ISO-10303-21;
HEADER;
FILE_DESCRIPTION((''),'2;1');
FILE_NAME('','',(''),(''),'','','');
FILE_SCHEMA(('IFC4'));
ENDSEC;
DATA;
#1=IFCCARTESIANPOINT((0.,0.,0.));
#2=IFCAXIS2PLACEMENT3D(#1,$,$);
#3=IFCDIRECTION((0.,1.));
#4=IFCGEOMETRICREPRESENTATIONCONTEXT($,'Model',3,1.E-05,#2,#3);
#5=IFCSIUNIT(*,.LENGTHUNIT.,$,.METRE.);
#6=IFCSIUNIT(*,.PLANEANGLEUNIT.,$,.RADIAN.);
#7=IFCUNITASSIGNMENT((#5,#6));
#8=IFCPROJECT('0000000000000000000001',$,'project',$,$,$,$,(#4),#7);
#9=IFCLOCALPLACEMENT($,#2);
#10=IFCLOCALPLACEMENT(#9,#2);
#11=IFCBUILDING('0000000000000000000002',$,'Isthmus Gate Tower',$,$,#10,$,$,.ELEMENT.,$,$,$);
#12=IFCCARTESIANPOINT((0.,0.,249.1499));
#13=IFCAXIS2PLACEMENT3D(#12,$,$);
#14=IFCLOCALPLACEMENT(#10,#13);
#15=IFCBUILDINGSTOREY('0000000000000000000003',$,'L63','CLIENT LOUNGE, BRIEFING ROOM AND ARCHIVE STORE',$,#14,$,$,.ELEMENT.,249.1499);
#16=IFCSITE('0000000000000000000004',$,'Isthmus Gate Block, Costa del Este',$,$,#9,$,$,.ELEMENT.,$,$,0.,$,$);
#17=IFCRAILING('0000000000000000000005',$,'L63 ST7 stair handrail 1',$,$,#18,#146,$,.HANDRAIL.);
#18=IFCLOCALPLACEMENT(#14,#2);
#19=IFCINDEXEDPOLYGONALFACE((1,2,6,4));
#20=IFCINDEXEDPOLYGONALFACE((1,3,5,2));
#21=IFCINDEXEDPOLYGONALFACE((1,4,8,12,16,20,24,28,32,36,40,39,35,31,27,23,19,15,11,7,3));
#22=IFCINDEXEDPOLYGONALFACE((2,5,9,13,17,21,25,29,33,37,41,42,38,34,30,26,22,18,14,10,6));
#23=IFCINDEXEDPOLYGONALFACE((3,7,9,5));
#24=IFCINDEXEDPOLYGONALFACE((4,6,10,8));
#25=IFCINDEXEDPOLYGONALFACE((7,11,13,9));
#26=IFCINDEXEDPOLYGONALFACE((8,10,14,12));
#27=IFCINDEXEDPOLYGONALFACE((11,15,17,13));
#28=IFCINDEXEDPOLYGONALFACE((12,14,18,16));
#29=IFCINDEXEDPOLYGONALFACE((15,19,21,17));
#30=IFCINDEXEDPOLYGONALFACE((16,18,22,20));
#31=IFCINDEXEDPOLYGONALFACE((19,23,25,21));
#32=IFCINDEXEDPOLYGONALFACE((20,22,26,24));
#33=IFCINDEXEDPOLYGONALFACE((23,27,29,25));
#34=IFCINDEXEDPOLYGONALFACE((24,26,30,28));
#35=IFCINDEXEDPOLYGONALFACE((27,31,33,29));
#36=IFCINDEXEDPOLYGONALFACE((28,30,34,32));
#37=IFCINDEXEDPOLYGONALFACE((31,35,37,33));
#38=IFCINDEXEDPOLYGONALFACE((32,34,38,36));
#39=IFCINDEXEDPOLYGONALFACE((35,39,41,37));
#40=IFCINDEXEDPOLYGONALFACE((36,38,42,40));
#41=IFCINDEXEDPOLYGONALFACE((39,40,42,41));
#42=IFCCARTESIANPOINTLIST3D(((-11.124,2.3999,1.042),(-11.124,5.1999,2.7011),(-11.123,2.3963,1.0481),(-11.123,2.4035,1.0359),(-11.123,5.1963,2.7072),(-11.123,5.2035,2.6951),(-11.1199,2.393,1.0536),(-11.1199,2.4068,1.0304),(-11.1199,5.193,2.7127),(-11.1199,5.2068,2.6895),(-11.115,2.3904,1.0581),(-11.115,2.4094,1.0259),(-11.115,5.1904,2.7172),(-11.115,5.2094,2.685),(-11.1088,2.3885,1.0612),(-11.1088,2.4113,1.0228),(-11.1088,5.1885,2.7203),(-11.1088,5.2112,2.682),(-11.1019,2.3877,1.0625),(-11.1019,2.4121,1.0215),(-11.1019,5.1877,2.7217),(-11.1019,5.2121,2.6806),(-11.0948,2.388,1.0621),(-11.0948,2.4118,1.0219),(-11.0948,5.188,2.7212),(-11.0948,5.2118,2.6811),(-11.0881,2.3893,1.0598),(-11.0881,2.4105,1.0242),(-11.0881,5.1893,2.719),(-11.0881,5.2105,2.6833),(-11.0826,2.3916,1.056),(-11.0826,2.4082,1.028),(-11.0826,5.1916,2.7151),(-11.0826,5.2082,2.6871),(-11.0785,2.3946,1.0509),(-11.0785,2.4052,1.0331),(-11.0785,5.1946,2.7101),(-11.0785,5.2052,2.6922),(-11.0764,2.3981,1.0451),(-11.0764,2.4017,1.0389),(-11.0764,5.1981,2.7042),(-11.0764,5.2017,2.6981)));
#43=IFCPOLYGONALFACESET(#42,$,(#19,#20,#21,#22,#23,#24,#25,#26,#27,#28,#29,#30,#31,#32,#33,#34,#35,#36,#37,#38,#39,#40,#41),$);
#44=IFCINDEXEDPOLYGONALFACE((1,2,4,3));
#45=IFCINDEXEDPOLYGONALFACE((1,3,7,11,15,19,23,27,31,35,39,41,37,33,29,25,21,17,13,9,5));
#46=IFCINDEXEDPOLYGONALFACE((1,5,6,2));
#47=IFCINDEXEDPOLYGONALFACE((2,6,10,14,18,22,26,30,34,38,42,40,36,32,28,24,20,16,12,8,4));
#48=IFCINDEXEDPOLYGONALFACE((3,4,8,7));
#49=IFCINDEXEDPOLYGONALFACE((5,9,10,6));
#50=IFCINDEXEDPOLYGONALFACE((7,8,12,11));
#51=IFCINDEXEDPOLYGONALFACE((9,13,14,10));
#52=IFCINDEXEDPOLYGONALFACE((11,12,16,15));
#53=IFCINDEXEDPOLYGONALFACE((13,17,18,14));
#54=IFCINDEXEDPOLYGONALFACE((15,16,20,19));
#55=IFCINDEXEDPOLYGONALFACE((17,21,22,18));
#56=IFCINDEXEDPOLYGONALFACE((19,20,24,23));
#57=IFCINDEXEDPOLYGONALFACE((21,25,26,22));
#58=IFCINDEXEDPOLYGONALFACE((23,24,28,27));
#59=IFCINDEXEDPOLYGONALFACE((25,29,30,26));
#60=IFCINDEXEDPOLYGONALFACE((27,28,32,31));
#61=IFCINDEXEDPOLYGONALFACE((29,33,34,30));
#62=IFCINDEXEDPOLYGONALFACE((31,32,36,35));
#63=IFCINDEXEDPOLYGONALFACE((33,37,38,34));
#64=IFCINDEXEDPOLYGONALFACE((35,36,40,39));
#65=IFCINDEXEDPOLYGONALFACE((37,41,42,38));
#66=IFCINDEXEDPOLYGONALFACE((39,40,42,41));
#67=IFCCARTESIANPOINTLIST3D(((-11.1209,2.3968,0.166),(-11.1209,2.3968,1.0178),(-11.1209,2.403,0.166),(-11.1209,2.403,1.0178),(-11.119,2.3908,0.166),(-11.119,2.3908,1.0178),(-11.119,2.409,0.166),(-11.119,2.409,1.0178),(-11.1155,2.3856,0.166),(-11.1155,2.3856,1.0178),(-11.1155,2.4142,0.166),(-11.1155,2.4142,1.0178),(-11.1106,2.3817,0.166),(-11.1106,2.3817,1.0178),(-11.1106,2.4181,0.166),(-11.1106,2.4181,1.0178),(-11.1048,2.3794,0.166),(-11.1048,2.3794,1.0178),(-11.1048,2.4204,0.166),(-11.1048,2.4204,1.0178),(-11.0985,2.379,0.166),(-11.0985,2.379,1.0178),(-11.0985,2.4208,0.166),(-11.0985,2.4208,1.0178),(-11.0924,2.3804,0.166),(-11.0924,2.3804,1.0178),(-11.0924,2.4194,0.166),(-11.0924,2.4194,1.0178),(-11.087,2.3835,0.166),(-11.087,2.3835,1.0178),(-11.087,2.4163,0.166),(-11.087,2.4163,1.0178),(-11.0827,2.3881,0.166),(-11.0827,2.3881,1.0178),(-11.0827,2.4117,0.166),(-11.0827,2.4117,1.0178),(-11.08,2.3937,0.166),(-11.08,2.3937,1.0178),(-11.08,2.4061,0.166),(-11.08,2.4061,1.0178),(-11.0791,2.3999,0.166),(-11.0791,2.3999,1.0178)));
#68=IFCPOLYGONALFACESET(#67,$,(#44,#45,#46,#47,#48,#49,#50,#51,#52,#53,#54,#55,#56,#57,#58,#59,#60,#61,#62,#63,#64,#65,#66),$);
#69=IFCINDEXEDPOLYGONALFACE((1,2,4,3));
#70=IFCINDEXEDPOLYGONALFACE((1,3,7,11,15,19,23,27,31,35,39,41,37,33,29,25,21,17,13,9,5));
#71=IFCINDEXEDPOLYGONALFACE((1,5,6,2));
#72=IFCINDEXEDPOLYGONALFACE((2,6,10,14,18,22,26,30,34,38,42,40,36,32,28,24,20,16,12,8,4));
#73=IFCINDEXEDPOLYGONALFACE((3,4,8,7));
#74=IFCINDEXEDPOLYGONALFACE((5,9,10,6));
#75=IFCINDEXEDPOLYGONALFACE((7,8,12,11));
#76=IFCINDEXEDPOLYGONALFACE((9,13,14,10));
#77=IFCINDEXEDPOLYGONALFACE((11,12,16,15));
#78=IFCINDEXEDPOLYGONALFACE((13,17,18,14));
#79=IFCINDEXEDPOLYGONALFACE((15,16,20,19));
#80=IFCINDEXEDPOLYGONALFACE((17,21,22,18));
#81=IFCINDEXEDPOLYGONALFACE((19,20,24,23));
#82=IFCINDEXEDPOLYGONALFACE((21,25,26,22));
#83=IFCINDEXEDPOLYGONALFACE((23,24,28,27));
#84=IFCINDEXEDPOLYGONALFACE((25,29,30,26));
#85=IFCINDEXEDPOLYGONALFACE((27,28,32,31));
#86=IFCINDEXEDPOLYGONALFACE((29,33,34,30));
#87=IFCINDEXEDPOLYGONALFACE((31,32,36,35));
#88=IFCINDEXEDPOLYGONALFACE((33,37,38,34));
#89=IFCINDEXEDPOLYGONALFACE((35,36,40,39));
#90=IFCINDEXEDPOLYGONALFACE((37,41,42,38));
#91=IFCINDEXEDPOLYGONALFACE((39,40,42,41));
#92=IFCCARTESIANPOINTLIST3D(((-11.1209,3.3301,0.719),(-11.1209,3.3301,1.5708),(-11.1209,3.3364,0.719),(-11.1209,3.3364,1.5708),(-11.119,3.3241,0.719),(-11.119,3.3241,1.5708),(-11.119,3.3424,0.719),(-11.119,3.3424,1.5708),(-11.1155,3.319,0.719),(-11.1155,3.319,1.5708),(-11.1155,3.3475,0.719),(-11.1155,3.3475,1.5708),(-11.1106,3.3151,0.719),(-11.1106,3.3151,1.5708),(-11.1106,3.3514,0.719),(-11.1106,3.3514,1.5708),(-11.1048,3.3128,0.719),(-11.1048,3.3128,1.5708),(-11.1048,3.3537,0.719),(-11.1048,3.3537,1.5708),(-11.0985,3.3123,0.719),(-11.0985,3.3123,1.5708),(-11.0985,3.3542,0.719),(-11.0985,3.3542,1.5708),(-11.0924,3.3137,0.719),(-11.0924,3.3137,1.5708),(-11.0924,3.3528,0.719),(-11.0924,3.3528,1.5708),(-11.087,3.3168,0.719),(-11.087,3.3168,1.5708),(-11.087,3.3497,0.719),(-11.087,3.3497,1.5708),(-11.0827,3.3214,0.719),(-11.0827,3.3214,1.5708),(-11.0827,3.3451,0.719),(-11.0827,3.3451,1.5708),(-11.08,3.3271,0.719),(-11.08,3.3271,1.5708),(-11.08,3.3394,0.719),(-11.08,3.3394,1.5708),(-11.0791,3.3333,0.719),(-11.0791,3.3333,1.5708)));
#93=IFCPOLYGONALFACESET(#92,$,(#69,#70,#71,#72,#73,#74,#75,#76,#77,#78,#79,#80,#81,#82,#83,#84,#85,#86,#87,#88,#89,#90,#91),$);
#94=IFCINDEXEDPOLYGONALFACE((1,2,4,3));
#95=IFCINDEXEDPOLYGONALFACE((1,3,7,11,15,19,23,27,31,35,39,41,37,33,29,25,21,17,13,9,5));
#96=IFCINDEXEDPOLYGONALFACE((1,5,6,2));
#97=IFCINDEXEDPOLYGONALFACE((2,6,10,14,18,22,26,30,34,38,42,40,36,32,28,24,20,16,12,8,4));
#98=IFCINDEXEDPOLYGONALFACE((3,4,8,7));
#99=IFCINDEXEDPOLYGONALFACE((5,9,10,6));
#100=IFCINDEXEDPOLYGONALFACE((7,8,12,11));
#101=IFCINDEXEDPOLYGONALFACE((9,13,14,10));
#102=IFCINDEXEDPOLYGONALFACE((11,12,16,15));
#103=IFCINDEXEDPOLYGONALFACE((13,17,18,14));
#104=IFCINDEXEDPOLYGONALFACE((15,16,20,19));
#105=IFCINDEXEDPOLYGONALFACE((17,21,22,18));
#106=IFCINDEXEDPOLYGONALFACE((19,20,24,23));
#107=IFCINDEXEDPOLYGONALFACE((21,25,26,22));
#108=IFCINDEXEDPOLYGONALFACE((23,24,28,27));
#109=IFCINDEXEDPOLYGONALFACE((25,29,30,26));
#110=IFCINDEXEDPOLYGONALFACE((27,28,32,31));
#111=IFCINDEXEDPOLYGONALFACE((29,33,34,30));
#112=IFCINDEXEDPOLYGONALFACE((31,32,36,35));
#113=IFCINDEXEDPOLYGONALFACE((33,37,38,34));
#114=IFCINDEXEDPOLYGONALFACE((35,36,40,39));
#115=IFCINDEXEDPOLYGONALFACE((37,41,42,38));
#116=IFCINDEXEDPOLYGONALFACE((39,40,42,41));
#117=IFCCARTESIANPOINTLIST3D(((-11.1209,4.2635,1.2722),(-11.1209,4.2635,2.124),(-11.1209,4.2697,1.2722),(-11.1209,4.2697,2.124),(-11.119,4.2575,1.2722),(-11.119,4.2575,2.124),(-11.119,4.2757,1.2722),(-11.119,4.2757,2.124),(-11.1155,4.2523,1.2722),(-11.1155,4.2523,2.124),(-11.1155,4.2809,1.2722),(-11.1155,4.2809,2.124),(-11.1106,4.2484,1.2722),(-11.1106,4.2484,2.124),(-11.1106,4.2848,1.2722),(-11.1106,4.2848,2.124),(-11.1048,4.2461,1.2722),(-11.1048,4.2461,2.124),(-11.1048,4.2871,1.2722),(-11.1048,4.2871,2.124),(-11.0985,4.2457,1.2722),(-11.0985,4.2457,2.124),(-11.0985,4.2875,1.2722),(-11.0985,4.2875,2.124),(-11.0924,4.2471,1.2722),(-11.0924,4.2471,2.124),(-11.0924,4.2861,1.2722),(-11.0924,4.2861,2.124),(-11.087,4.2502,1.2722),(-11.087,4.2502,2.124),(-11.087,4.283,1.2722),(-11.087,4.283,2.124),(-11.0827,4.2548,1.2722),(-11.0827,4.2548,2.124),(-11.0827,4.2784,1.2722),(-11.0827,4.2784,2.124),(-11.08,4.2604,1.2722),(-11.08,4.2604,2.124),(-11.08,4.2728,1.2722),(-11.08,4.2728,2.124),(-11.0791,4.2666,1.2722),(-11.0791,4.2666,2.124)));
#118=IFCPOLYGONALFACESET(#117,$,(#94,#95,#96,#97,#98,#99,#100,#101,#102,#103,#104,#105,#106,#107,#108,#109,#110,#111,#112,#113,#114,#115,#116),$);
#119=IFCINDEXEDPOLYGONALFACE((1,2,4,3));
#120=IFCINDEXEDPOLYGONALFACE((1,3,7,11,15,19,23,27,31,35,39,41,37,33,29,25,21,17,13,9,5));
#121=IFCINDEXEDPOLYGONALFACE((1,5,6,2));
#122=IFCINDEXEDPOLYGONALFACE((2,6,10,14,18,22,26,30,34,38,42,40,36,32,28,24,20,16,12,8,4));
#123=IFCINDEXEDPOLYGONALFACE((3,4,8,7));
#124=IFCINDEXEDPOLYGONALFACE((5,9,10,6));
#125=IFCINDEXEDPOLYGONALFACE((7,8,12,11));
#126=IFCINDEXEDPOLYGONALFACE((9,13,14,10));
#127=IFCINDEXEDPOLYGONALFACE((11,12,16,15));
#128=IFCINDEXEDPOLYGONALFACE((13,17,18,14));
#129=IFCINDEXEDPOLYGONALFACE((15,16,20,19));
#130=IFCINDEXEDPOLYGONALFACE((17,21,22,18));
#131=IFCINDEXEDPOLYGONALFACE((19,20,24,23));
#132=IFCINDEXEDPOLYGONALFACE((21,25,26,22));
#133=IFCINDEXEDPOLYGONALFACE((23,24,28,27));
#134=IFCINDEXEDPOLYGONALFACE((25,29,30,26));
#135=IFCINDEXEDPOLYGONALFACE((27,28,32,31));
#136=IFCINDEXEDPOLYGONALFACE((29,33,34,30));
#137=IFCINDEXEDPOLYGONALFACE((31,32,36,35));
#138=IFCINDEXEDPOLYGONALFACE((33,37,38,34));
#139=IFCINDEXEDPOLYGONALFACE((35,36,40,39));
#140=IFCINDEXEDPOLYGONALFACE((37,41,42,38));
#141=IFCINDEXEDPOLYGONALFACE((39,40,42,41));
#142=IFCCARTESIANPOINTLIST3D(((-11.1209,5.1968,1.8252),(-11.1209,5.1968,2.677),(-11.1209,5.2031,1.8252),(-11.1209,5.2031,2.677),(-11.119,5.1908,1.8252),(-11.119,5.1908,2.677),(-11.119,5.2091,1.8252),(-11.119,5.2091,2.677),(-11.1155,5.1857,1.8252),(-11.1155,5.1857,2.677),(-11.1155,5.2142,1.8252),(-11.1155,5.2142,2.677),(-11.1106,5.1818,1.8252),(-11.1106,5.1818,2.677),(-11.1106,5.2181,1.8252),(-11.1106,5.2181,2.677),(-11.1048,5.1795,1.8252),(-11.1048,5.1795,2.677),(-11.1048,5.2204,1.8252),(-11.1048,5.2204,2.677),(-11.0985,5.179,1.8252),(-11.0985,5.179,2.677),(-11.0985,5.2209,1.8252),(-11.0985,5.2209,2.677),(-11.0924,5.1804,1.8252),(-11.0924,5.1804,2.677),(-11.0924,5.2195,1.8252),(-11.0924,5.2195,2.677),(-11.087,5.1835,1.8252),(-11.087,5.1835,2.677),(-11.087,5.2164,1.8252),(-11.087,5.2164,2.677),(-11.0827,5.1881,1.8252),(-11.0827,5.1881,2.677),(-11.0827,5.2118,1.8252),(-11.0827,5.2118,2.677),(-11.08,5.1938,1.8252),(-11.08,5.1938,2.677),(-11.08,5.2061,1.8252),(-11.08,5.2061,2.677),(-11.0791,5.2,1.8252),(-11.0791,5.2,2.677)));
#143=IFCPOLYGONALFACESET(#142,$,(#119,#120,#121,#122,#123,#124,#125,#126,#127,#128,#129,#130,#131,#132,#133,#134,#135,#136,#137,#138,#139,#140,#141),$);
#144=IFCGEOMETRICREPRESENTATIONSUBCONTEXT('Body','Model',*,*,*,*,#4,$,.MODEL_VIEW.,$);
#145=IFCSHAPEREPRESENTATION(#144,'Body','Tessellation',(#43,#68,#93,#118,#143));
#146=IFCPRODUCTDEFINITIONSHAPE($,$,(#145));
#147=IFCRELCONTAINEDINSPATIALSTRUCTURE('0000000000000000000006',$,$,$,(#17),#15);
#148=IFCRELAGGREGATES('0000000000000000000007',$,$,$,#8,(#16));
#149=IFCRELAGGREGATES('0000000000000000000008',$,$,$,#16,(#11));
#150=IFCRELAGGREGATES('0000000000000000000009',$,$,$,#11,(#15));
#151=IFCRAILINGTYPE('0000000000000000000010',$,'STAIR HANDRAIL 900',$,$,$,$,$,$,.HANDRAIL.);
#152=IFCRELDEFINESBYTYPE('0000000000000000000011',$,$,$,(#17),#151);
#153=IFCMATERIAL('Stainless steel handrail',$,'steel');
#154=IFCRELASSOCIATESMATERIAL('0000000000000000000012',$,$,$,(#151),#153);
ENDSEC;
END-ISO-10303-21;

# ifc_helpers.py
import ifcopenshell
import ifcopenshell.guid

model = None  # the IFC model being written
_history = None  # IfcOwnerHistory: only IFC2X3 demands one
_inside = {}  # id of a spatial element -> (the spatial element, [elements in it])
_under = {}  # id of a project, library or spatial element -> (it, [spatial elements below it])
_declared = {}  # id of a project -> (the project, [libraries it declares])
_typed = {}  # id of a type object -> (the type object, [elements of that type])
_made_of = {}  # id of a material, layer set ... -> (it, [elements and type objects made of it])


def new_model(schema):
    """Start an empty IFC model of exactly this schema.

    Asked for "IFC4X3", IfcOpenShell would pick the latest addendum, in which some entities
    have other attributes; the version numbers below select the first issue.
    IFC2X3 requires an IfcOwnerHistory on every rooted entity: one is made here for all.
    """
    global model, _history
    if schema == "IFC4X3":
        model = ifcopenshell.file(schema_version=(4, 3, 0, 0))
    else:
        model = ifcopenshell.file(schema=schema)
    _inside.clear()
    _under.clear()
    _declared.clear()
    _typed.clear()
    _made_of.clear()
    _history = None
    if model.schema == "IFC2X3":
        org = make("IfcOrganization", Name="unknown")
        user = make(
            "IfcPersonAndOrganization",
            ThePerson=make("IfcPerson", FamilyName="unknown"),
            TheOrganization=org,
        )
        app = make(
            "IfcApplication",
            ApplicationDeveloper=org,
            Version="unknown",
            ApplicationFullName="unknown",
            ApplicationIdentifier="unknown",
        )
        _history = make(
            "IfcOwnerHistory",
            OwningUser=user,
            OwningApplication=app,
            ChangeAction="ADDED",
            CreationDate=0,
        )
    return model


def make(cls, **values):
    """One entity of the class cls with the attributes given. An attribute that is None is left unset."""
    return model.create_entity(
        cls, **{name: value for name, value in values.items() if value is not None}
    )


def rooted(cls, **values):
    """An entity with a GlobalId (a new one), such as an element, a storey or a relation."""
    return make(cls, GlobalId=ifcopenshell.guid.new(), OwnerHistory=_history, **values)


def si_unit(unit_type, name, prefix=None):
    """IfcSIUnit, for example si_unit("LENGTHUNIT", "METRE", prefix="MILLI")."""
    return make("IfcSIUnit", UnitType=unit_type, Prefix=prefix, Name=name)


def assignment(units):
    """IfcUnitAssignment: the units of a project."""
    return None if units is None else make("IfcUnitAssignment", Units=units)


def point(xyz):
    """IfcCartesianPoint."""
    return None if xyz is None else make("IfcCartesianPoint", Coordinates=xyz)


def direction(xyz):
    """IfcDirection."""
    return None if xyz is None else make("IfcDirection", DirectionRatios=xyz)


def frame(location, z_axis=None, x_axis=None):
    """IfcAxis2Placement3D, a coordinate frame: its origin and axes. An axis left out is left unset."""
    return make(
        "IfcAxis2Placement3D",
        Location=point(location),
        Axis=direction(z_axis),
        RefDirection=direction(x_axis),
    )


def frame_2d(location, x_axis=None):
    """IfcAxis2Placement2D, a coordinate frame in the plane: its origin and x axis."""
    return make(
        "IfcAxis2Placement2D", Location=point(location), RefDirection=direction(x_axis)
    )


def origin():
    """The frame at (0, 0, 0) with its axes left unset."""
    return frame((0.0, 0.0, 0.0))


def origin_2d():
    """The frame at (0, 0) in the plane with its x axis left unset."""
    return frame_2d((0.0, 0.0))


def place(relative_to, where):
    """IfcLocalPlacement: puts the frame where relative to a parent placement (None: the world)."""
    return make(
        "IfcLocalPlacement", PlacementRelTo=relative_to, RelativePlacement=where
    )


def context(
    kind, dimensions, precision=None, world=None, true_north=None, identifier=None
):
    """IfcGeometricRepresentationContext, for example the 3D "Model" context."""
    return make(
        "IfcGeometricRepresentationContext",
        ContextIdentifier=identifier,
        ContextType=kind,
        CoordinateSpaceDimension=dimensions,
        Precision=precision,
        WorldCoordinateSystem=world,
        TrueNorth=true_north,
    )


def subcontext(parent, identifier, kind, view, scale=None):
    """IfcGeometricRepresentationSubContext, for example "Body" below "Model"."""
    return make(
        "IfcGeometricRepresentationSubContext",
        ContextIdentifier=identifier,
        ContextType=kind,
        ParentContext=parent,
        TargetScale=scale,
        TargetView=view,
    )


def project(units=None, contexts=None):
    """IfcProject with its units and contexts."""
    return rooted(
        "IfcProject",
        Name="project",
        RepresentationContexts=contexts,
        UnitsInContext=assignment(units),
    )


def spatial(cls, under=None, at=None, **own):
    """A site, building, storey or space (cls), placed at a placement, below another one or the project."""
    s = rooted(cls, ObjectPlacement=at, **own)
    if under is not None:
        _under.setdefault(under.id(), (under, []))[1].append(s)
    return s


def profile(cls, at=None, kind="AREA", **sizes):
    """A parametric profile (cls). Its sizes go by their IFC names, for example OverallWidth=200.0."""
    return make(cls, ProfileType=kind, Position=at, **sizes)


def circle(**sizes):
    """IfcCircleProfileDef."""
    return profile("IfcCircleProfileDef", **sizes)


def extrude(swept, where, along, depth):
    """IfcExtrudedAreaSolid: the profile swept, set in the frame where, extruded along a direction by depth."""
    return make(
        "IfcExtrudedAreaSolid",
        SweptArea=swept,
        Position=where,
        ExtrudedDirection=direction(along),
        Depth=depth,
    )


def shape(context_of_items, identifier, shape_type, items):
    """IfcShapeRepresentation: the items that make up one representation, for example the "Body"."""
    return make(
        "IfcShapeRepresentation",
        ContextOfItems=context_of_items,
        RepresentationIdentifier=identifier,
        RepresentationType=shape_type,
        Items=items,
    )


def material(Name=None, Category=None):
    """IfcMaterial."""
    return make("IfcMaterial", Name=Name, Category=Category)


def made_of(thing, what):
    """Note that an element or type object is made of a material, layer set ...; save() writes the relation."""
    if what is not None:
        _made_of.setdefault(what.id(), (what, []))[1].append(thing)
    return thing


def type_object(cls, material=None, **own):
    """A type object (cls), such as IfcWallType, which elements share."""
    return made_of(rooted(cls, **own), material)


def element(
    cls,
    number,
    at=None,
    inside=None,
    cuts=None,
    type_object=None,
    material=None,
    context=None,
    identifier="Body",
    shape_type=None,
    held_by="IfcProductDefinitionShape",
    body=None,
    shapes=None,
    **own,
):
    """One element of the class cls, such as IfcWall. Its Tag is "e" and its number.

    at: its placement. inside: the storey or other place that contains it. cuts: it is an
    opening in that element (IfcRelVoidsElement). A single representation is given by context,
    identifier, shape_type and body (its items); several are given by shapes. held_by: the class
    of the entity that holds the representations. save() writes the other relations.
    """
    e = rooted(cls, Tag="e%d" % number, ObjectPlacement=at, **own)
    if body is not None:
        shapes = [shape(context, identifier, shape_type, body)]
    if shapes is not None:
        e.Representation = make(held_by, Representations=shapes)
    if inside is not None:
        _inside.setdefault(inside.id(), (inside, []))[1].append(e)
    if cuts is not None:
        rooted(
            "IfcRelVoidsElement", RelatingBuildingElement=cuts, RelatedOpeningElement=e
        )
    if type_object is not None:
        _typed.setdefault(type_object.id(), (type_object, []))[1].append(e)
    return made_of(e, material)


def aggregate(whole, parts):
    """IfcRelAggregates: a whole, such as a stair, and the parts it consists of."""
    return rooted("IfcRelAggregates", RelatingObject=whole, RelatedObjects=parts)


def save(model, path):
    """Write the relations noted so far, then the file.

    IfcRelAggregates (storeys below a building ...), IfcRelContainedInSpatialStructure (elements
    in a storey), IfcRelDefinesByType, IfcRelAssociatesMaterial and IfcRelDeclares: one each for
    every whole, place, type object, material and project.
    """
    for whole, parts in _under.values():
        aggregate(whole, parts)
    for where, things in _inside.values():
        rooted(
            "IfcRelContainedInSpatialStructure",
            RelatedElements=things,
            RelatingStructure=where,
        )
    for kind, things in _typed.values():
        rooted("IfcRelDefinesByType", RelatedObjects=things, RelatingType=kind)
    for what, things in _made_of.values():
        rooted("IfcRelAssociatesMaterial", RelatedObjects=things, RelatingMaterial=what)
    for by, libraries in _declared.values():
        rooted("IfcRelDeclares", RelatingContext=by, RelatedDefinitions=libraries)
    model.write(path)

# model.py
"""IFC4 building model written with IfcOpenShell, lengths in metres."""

from ifc_helpers import new_model, si_unit, direction, frame, origin, origin_2d, place, context, subcontext, project, spatial, circle, extrude, material, type_object, element, save


model = new_model("IFC4")

# Units and contexts
model_context = context("Model", 3, precision=1e-05, world=origin(), true_north=direction((0.0, 1.0)))
body_context = subcontext(model_context, "Body", "Model", "MODEL_VIEW")
ifc_project = project(units=[si_unit("LENGTHUNIT", "METRE"), si_unit("PLANEANGLEUNIT", "RADIAN")], contexts=[model_context])

# Site, building, storey
site_placement = place(None, origin())
site = spatial("IfcSite", under=ifc_project, at=site_placement, Name="Isthmus Gate Block, Costa del Este", CompositionType="ELEMENT", RefElevation=0.0)
building_placement = place(site_placement, origin())
building = spatial("IfcBuilding", under=site, at=building_placement, Name="Isthmus Gate Tower", CompositionType="ELEMENT")
storey_placement = place(building_placement, frame((0.0, 0.0, 249.1499)))
storey = spatial("IfcBuildingStorey", under=building, at=storey_placement, Name="L63", Description="CLIENT LOUNGE, BRIEFING ROOM AND ARCHIVE STORE", CompositionType="ELEMENT", Elevation=249.1499)

# Railing
ifc_material_1 = material(Name="Stainless steel handrail", Category="steel")
railing_type_1 = type_object("IfcRailingType", Name="STAIR HANDRAIL 900", PredefinedType="HANDRAIL", material=ifc_material_1)
railing_1_placement = place(storey_placement, frame((-11.1001, 2.3999, 0.166)))
element("IfcRailing", 1, at=railing_1_placement, inside=storey, type_object=railing_type_1, Name="L63 ST7 stair handrail 1", PredefinedType="HANDRAIL", context=body_context, shape_type="SweptSolid", body=[
    extrude(circle(Radius=0.0239, at=origin_2d()), frame((0.0, 0.0, 0.876), z_axis=(0.0, 0.860306, 0.509778), x_axis=(-1.0, 0.0, 0.0)), (0.0, 0.0, 1.0), 3.2546),
    extrude(circle(Radius=0.021, at=origin_2d()), origin(), (0.0, 0.0, 1.0), 0.8518),
    extrude(circle(Radius=0.021, at=origin_2d()), frame((0.0, 0.9333, 0.553)), (0.0, 0.0, 1.0), 0.8518),
    extrude(circle(Radius=0.021, at=origin_2d()), frame((0.0, 1.8667, 1.1062)), (0.0, 0.0, 1.0), 0.8518),
    extrude(circle(Radius=0.021, at=origin_2d()), frame((0.0, 2.8, 1.6592)), (0.0, 0.0, 1.0), 0.8518),
])

save(model, "model.ifc")
